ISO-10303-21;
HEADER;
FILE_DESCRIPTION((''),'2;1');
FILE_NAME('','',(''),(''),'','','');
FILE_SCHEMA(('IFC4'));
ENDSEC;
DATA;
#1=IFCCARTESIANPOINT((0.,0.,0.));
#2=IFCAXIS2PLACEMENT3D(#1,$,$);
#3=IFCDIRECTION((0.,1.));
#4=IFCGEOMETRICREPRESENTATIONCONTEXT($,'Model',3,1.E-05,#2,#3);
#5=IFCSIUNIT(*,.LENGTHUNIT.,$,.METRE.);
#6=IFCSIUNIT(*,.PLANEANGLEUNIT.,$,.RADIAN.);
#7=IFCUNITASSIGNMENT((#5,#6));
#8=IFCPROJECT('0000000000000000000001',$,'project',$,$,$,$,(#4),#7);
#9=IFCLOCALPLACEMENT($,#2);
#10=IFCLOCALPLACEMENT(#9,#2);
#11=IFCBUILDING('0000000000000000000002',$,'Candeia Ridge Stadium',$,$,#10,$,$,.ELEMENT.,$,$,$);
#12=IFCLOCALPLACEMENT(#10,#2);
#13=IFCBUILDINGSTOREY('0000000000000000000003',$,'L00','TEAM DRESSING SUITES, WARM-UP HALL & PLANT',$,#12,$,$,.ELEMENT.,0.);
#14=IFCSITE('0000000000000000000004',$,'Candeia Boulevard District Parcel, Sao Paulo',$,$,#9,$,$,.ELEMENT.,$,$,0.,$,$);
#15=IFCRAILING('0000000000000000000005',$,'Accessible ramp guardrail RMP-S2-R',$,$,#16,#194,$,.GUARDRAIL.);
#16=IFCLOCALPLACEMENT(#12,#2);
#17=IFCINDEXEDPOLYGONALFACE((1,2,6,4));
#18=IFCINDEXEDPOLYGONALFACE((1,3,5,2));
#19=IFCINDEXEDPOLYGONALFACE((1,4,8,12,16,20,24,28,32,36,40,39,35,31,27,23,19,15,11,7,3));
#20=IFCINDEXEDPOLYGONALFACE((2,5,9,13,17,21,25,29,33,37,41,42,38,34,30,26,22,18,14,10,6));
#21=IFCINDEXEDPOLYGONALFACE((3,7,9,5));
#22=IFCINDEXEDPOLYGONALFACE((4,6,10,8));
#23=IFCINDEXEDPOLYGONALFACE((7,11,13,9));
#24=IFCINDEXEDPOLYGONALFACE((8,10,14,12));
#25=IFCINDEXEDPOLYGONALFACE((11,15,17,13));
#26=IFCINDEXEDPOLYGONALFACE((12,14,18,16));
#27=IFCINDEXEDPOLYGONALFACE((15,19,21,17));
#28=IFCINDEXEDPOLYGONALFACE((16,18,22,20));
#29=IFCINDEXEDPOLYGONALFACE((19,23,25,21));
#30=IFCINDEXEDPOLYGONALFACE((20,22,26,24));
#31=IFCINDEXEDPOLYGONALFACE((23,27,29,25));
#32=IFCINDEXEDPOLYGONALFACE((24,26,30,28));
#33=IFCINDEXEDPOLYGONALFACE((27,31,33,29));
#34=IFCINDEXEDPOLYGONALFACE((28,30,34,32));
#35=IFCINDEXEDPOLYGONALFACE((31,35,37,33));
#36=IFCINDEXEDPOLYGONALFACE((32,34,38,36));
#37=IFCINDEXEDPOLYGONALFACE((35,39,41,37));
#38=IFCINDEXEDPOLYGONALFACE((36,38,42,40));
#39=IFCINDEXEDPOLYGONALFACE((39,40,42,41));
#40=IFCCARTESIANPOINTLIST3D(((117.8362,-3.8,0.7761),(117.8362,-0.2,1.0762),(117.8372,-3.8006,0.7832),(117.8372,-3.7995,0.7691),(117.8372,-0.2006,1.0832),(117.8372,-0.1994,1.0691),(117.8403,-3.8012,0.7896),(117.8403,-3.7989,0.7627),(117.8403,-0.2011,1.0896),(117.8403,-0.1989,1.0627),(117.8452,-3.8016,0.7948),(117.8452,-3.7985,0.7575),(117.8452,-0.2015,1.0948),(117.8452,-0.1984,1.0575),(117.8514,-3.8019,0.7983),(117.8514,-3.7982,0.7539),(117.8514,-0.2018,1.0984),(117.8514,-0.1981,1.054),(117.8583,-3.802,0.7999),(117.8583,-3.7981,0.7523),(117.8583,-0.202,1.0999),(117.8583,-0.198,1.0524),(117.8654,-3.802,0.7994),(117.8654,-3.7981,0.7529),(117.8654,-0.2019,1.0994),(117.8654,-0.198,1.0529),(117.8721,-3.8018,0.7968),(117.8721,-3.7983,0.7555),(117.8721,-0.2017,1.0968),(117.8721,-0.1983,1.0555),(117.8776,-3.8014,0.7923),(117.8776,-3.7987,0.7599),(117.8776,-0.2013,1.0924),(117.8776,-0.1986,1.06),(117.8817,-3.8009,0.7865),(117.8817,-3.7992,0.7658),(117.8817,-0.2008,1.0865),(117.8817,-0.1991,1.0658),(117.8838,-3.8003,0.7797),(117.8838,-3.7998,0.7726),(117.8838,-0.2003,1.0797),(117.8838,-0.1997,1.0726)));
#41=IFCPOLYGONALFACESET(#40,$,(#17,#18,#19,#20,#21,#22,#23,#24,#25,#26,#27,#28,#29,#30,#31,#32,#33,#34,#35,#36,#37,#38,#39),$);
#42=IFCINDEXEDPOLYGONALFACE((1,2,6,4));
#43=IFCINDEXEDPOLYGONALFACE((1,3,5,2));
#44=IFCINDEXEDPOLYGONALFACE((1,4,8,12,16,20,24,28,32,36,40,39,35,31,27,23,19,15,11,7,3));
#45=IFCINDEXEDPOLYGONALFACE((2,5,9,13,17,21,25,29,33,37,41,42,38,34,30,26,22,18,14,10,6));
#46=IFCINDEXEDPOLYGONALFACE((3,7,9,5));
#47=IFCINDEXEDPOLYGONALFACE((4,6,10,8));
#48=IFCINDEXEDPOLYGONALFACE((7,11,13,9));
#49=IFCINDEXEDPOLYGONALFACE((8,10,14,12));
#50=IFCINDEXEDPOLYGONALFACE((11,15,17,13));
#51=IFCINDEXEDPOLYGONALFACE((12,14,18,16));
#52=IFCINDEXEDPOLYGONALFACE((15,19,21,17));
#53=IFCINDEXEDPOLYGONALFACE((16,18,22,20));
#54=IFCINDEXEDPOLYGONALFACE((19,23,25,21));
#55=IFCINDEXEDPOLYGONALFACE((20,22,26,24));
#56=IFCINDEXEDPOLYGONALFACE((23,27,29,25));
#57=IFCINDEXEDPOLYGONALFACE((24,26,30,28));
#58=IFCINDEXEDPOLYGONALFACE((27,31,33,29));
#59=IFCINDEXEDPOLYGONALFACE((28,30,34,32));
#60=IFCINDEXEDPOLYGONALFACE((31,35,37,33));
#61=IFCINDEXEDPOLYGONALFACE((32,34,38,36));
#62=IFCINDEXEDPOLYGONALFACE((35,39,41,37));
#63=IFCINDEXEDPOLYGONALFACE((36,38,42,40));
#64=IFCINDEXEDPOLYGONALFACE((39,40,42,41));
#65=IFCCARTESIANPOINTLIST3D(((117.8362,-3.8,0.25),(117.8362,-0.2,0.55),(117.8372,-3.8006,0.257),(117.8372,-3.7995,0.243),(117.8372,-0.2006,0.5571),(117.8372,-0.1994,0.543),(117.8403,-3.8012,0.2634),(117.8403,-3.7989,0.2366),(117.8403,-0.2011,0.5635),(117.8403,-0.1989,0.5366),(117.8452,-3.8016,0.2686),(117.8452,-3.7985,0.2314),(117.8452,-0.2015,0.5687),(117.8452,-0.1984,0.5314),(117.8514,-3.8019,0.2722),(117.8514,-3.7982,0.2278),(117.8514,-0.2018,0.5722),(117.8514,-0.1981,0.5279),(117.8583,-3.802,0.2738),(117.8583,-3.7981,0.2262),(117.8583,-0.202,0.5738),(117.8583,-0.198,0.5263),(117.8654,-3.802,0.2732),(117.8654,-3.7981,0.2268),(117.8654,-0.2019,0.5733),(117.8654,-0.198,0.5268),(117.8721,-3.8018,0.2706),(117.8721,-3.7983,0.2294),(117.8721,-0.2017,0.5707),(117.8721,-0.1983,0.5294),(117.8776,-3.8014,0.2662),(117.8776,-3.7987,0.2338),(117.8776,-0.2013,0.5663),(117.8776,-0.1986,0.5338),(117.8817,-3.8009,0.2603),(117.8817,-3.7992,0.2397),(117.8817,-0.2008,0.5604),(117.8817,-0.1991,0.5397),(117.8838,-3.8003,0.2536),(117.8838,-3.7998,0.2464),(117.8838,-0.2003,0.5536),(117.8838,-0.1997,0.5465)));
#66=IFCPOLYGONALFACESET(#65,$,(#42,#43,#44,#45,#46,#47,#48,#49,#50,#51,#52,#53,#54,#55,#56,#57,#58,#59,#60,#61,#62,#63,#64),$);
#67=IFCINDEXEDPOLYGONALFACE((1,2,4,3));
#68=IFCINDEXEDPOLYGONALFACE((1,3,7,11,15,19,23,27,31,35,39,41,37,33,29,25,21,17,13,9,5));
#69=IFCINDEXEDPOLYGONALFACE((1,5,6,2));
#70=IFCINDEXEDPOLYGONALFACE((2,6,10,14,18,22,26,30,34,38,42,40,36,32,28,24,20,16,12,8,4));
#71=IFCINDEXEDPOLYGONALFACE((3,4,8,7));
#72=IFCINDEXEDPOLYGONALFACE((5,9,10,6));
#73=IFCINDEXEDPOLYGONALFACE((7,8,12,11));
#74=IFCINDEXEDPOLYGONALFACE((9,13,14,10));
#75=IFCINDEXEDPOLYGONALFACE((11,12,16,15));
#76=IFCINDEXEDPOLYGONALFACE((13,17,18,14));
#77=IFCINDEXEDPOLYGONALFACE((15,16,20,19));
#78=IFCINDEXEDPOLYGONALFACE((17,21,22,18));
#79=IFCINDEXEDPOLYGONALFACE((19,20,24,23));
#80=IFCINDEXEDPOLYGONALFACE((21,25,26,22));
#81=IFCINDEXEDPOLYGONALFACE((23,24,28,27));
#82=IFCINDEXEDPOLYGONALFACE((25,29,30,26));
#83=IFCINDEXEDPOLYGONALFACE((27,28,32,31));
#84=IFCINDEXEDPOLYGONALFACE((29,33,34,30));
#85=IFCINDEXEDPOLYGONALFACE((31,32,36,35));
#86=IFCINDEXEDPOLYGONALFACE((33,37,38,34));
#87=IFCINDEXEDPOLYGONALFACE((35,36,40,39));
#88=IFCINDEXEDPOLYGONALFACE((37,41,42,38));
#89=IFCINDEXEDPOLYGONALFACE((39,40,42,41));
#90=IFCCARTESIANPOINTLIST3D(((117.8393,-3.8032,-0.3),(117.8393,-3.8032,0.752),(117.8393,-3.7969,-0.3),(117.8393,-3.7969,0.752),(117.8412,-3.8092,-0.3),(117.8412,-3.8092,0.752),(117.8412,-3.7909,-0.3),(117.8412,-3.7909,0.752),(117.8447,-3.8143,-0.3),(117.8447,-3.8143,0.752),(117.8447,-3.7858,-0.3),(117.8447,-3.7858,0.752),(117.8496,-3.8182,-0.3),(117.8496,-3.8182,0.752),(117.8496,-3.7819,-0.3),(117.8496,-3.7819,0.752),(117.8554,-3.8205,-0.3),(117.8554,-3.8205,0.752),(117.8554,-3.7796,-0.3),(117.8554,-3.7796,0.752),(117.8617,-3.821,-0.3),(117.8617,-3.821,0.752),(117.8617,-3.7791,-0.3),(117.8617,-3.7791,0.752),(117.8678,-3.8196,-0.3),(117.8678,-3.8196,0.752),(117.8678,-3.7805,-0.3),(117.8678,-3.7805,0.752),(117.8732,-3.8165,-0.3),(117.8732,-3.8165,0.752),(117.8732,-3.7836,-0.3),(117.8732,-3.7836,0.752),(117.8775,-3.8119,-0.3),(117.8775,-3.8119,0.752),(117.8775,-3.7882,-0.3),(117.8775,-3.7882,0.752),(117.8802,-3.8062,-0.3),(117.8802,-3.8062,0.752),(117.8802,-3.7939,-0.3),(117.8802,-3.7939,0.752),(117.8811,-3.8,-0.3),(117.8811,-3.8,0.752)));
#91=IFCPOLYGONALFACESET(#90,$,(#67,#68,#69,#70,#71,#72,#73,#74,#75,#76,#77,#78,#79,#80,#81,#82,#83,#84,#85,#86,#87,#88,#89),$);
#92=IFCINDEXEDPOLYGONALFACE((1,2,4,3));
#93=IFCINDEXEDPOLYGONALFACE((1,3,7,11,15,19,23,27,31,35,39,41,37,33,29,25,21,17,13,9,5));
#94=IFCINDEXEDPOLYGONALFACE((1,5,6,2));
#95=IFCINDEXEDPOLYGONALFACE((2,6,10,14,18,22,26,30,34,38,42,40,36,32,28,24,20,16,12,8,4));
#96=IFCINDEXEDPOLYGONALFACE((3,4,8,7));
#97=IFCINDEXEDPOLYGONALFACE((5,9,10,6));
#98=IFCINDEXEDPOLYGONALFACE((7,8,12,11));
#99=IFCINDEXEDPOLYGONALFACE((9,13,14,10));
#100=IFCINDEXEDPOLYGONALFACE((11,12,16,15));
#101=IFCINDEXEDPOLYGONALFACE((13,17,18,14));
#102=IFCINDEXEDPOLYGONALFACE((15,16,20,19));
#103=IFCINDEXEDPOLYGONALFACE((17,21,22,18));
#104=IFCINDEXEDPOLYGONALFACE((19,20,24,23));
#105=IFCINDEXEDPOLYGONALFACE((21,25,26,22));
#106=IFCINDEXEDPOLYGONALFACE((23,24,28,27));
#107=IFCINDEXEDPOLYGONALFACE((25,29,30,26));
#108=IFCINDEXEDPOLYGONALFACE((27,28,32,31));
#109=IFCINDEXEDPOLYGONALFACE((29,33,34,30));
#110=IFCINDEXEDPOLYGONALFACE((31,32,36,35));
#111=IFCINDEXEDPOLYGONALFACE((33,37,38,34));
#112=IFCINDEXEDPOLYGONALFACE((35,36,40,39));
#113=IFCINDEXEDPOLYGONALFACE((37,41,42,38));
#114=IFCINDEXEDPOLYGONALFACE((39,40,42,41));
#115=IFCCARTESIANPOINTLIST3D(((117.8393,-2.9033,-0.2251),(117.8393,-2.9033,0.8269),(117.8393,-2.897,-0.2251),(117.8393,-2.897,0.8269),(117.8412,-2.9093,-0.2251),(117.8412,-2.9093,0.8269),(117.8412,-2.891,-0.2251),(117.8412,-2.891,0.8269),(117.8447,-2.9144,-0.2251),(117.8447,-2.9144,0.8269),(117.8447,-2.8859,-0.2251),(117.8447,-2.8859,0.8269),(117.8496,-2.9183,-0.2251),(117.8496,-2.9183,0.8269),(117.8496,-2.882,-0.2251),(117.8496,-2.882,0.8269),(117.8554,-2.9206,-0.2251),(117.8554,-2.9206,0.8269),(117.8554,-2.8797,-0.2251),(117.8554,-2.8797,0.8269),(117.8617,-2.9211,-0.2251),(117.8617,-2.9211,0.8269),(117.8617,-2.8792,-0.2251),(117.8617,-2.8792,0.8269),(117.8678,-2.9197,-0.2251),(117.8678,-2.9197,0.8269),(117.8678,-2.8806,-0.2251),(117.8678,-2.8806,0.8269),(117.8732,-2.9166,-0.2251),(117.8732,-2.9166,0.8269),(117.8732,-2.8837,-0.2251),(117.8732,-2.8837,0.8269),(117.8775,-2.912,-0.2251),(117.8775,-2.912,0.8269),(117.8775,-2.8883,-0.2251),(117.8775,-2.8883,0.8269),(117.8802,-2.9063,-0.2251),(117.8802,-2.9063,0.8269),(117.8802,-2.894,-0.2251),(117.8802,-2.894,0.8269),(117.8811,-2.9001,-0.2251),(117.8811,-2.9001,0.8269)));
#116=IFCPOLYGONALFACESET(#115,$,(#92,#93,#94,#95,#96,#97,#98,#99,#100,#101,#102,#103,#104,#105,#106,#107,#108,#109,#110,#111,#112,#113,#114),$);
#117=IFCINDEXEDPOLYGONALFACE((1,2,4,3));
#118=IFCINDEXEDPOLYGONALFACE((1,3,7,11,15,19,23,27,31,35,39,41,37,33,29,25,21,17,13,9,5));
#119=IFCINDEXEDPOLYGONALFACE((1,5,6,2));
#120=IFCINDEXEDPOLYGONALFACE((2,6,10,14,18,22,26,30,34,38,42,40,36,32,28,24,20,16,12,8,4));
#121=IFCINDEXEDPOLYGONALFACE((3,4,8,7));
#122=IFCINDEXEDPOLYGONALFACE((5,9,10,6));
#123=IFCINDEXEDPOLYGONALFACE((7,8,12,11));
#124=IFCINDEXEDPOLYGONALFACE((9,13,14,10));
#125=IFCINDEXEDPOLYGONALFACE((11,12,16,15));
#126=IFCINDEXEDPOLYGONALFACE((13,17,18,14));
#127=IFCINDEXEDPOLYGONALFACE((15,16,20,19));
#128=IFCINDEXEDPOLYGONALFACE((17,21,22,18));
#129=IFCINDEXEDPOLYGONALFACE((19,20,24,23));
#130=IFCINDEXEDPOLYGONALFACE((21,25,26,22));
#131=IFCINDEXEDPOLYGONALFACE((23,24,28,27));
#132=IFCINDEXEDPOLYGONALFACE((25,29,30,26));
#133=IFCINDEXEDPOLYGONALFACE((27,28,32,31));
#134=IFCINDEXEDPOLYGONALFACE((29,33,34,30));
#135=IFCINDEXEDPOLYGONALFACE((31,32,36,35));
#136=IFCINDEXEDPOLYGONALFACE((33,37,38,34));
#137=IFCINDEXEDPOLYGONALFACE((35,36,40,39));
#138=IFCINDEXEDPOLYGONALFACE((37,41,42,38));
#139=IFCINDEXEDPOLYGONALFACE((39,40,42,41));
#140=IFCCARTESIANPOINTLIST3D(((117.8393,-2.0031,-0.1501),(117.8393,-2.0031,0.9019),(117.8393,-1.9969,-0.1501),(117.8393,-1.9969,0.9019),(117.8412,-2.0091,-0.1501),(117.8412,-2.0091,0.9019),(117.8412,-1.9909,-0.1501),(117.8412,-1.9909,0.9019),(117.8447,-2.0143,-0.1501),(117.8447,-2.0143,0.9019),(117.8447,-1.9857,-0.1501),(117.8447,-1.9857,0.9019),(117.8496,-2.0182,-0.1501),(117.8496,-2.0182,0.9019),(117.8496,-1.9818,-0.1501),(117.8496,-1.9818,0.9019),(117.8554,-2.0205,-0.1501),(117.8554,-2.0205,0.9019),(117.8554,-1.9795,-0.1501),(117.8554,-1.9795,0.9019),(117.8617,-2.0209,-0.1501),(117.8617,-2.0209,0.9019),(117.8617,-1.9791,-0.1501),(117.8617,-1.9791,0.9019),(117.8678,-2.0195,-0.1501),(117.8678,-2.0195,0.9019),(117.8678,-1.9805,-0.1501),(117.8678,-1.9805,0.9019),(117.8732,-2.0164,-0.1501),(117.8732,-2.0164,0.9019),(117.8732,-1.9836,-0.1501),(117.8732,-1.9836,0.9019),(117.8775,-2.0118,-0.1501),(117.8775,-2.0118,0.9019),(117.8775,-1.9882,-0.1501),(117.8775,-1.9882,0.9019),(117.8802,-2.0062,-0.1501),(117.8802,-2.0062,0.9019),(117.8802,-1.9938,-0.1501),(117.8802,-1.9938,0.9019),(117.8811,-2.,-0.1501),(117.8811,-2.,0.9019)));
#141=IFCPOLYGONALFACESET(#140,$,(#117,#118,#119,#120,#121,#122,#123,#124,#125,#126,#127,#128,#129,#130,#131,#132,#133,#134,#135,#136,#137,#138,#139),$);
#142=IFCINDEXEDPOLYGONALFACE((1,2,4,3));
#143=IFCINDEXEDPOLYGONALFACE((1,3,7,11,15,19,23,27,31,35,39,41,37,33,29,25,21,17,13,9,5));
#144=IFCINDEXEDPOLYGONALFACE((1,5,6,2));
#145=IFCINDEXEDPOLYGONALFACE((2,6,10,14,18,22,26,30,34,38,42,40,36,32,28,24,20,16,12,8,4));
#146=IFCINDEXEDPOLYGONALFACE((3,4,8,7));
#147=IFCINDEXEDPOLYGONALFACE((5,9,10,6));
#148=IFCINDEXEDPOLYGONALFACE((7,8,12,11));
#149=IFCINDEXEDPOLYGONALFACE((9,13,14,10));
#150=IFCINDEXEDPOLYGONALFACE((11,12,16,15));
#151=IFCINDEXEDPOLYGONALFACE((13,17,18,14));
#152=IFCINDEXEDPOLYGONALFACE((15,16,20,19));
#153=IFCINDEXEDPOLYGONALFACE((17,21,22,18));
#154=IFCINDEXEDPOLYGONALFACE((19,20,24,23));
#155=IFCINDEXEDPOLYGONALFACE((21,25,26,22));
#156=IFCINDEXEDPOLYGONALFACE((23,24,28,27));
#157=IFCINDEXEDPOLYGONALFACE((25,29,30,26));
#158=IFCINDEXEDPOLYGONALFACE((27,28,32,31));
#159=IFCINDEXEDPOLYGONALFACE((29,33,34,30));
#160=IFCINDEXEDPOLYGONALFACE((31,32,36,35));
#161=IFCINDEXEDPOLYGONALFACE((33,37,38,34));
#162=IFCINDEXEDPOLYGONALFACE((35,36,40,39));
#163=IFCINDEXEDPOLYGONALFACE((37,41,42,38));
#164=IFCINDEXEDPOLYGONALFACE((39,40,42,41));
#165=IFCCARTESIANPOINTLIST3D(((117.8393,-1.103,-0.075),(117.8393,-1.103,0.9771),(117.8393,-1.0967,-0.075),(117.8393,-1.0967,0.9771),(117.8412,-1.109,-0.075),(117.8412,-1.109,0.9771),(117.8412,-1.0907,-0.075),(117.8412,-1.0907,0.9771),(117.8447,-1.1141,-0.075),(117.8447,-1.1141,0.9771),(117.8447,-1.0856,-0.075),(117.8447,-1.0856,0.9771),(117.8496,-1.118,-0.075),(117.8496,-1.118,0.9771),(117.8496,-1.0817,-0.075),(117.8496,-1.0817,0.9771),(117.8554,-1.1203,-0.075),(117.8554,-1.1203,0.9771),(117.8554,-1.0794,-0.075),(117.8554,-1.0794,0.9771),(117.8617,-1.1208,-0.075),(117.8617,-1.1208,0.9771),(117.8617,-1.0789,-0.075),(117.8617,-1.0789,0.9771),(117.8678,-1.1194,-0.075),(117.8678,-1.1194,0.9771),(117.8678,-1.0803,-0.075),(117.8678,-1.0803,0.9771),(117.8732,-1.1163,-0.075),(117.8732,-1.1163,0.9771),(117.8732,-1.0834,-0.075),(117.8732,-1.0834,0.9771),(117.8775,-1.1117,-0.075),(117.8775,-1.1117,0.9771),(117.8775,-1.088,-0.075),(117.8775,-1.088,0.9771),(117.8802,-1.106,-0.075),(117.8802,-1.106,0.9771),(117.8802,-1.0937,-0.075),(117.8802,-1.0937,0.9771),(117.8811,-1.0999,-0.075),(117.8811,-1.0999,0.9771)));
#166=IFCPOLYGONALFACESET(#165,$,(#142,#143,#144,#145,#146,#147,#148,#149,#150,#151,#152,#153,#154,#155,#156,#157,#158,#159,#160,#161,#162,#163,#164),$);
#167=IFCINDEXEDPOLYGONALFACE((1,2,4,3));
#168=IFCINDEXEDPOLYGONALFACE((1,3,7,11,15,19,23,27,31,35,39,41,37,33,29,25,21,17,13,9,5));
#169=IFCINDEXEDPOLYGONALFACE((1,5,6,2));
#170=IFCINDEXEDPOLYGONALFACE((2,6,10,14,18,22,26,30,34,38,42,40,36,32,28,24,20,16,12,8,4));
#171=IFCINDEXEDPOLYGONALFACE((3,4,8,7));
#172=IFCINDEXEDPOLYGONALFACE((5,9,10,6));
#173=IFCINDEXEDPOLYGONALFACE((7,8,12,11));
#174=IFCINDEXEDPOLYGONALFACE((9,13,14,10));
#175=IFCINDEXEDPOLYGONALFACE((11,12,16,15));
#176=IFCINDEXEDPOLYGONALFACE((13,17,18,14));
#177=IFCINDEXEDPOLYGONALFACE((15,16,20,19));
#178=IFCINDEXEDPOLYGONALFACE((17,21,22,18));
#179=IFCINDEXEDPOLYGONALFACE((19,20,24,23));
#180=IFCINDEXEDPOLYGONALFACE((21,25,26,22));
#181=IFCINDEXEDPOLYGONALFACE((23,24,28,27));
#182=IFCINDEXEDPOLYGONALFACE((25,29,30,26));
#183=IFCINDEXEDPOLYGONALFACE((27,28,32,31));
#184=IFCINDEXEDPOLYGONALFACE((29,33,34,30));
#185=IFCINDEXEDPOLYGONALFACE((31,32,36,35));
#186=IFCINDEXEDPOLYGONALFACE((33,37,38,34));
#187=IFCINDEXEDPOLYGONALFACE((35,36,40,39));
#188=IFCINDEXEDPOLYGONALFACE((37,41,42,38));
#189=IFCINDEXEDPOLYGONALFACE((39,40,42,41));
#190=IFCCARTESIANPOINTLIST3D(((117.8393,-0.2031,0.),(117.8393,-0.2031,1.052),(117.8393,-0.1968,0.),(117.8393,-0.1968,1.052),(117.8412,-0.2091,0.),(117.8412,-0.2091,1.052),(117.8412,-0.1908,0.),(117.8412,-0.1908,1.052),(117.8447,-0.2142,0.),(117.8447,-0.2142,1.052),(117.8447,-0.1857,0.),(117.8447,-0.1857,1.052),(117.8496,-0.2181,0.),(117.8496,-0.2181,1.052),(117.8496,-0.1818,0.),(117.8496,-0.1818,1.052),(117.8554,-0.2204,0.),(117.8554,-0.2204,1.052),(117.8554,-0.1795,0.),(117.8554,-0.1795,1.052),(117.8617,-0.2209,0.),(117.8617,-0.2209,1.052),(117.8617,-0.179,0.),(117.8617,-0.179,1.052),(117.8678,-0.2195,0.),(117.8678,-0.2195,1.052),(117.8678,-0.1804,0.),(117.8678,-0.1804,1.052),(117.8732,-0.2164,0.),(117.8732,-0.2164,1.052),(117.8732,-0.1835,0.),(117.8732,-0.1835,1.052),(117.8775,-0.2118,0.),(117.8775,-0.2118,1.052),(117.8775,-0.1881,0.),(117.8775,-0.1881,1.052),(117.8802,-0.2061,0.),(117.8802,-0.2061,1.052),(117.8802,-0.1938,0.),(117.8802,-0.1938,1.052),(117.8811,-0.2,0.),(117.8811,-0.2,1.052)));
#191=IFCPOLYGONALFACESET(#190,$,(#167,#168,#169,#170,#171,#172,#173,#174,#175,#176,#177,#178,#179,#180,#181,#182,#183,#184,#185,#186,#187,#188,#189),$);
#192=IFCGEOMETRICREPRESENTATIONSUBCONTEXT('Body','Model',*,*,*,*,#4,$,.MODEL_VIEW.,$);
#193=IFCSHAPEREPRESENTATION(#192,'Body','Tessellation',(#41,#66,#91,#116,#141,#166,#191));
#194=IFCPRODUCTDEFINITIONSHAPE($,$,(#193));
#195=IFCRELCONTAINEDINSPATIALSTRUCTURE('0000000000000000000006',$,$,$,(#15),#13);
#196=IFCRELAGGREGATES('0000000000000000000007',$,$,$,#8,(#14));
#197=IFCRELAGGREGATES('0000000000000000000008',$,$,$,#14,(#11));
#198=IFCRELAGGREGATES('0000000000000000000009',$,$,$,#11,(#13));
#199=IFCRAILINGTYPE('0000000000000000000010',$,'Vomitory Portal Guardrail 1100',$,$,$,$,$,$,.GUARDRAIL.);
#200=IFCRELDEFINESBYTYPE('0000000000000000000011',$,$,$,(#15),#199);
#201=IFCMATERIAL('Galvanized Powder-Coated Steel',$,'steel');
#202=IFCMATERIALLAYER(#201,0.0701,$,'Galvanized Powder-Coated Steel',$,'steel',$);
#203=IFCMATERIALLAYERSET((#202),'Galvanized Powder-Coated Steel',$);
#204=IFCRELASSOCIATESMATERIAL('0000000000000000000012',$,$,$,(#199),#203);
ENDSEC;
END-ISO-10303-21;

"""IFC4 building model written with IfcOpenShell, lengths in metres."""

from ifc_helpers import new_model, si_unit, direction, frame, origin, origin_2d, place, context, subcontext, project, spatial, circle, extrude, material, layer, layer_set, type_object, element, save


model = new_model("IFC4")

# Units and contexts
model_context = context("Model", 3, precision=1e-05, world=origin(), true_north=direction((0.0, 1.0)))
body_context = subcontext(model_context, "Body", "Model", "MODEL_VIEW")
ifc_project = project(units=[si_unit("LENGTHUNIT", "METRE"), si_unit("PLANEANGLEUNIT", "RADIAN")], contexts=[model_context])

# Site, building, storey
site_placement = place(None, origin())
site = spatial("IfcSite", under=ifc_project, at=site_placement, Name="Candeia Boulevard District Parcel, Sao Paulo", CompositionType="ELEMENT", RefElevation=0.0)
building_placement = place(site_placement, origin())
building = spatial("IfcBuilding", under=site, at=building_placement, Name="Candeia Ridge Stadium", CompositionType="ELEMENT")
storey_placement = place(building_placement, origin())
storey = spatial("IfcBuildingStorey", under=building, at=storey_placement, Name="L00", Description="TEAM DRESSING SUITES, WARM-UP HALL & PLANT", CompositionType="ELEMENT", Elevation=0.0)

# Railing
ifc_material_1 = material(Name="Galvanized Powder-Coated Steel", Category="steel")
ifc_layer_1 = layer(ifc_material_1, 0.0701, Name="Galvanized Powder-Coated Steel", Category="steel")
ifc_layer_set_1 = layer_set([ifc_layer_1], Name="Galvanized Powder-Coated Steel")
railing_type_1 = type_object("IfcRailingType", Name="Vomitory Portal Guardrail 1100", PredefinedType="GUARDRAIL", material=ifc_layer_set_1)
for number, where, name in (
    (1, (117.8601, -3.8, -0.3), "Accessible ramp guardrail RMP-S2-R"),
):
    element("IfcRailing", number, at=place(storey_placement, frame(where)), inside=storey, type_object=railing_type_1, Name=name, PredefinedType="GUARDRAIL", context=body_context, shape_type="SweptSolid", body=[
        extrude(circle(Radius=0.0239, at=origin_2d()), frame((0.0, 0.0, 1.0762), z_axis=(0.0, 0.996545, 0.083057), x_axis=(-1.0, 0.0, 0.0)), (0.0, 0.0, 1.0), 3.6125),
        extrude(circle(Radius=0.0239, at=origin_2d()), frame((0.0, 0.0, 0.55), z_axis=(0.0, 0.996545, 0.083057), x_axis=(-1.0, 0.0, 0.0)), (0.0, 0.0, 1.0), 3.6125),
        extrude(circle(Radius=0.021, at=origin_2d()), origin(), (0.0, 0.0, 1.0), 1.052),
        extrude(circle(Radius=0.021, at=origin_2d()), frame((0.0, 0.8999, 0.075)), (0.0, 0.0, 1.0), 1.052),
        extrude(circle(Radius=0.021, at=origin_2d()), frame((0.0, 1.8, 0.1499)), (0.0, 0.0, 1.0), 1.052),
        extrude(circle(Radius=0.021, at=origin_2d()), frame((0.0, 2.7002, 0.2251)), (0.0, 0.0, 1.0), 1.052),
        extrude(circle(Radius=0.021, at=origin_2d()), frame((0.0, 3.6001, 0.3)), (0.0, 0.0, 1.0), 1.052),
    ])

save(model, "model.ifc")
